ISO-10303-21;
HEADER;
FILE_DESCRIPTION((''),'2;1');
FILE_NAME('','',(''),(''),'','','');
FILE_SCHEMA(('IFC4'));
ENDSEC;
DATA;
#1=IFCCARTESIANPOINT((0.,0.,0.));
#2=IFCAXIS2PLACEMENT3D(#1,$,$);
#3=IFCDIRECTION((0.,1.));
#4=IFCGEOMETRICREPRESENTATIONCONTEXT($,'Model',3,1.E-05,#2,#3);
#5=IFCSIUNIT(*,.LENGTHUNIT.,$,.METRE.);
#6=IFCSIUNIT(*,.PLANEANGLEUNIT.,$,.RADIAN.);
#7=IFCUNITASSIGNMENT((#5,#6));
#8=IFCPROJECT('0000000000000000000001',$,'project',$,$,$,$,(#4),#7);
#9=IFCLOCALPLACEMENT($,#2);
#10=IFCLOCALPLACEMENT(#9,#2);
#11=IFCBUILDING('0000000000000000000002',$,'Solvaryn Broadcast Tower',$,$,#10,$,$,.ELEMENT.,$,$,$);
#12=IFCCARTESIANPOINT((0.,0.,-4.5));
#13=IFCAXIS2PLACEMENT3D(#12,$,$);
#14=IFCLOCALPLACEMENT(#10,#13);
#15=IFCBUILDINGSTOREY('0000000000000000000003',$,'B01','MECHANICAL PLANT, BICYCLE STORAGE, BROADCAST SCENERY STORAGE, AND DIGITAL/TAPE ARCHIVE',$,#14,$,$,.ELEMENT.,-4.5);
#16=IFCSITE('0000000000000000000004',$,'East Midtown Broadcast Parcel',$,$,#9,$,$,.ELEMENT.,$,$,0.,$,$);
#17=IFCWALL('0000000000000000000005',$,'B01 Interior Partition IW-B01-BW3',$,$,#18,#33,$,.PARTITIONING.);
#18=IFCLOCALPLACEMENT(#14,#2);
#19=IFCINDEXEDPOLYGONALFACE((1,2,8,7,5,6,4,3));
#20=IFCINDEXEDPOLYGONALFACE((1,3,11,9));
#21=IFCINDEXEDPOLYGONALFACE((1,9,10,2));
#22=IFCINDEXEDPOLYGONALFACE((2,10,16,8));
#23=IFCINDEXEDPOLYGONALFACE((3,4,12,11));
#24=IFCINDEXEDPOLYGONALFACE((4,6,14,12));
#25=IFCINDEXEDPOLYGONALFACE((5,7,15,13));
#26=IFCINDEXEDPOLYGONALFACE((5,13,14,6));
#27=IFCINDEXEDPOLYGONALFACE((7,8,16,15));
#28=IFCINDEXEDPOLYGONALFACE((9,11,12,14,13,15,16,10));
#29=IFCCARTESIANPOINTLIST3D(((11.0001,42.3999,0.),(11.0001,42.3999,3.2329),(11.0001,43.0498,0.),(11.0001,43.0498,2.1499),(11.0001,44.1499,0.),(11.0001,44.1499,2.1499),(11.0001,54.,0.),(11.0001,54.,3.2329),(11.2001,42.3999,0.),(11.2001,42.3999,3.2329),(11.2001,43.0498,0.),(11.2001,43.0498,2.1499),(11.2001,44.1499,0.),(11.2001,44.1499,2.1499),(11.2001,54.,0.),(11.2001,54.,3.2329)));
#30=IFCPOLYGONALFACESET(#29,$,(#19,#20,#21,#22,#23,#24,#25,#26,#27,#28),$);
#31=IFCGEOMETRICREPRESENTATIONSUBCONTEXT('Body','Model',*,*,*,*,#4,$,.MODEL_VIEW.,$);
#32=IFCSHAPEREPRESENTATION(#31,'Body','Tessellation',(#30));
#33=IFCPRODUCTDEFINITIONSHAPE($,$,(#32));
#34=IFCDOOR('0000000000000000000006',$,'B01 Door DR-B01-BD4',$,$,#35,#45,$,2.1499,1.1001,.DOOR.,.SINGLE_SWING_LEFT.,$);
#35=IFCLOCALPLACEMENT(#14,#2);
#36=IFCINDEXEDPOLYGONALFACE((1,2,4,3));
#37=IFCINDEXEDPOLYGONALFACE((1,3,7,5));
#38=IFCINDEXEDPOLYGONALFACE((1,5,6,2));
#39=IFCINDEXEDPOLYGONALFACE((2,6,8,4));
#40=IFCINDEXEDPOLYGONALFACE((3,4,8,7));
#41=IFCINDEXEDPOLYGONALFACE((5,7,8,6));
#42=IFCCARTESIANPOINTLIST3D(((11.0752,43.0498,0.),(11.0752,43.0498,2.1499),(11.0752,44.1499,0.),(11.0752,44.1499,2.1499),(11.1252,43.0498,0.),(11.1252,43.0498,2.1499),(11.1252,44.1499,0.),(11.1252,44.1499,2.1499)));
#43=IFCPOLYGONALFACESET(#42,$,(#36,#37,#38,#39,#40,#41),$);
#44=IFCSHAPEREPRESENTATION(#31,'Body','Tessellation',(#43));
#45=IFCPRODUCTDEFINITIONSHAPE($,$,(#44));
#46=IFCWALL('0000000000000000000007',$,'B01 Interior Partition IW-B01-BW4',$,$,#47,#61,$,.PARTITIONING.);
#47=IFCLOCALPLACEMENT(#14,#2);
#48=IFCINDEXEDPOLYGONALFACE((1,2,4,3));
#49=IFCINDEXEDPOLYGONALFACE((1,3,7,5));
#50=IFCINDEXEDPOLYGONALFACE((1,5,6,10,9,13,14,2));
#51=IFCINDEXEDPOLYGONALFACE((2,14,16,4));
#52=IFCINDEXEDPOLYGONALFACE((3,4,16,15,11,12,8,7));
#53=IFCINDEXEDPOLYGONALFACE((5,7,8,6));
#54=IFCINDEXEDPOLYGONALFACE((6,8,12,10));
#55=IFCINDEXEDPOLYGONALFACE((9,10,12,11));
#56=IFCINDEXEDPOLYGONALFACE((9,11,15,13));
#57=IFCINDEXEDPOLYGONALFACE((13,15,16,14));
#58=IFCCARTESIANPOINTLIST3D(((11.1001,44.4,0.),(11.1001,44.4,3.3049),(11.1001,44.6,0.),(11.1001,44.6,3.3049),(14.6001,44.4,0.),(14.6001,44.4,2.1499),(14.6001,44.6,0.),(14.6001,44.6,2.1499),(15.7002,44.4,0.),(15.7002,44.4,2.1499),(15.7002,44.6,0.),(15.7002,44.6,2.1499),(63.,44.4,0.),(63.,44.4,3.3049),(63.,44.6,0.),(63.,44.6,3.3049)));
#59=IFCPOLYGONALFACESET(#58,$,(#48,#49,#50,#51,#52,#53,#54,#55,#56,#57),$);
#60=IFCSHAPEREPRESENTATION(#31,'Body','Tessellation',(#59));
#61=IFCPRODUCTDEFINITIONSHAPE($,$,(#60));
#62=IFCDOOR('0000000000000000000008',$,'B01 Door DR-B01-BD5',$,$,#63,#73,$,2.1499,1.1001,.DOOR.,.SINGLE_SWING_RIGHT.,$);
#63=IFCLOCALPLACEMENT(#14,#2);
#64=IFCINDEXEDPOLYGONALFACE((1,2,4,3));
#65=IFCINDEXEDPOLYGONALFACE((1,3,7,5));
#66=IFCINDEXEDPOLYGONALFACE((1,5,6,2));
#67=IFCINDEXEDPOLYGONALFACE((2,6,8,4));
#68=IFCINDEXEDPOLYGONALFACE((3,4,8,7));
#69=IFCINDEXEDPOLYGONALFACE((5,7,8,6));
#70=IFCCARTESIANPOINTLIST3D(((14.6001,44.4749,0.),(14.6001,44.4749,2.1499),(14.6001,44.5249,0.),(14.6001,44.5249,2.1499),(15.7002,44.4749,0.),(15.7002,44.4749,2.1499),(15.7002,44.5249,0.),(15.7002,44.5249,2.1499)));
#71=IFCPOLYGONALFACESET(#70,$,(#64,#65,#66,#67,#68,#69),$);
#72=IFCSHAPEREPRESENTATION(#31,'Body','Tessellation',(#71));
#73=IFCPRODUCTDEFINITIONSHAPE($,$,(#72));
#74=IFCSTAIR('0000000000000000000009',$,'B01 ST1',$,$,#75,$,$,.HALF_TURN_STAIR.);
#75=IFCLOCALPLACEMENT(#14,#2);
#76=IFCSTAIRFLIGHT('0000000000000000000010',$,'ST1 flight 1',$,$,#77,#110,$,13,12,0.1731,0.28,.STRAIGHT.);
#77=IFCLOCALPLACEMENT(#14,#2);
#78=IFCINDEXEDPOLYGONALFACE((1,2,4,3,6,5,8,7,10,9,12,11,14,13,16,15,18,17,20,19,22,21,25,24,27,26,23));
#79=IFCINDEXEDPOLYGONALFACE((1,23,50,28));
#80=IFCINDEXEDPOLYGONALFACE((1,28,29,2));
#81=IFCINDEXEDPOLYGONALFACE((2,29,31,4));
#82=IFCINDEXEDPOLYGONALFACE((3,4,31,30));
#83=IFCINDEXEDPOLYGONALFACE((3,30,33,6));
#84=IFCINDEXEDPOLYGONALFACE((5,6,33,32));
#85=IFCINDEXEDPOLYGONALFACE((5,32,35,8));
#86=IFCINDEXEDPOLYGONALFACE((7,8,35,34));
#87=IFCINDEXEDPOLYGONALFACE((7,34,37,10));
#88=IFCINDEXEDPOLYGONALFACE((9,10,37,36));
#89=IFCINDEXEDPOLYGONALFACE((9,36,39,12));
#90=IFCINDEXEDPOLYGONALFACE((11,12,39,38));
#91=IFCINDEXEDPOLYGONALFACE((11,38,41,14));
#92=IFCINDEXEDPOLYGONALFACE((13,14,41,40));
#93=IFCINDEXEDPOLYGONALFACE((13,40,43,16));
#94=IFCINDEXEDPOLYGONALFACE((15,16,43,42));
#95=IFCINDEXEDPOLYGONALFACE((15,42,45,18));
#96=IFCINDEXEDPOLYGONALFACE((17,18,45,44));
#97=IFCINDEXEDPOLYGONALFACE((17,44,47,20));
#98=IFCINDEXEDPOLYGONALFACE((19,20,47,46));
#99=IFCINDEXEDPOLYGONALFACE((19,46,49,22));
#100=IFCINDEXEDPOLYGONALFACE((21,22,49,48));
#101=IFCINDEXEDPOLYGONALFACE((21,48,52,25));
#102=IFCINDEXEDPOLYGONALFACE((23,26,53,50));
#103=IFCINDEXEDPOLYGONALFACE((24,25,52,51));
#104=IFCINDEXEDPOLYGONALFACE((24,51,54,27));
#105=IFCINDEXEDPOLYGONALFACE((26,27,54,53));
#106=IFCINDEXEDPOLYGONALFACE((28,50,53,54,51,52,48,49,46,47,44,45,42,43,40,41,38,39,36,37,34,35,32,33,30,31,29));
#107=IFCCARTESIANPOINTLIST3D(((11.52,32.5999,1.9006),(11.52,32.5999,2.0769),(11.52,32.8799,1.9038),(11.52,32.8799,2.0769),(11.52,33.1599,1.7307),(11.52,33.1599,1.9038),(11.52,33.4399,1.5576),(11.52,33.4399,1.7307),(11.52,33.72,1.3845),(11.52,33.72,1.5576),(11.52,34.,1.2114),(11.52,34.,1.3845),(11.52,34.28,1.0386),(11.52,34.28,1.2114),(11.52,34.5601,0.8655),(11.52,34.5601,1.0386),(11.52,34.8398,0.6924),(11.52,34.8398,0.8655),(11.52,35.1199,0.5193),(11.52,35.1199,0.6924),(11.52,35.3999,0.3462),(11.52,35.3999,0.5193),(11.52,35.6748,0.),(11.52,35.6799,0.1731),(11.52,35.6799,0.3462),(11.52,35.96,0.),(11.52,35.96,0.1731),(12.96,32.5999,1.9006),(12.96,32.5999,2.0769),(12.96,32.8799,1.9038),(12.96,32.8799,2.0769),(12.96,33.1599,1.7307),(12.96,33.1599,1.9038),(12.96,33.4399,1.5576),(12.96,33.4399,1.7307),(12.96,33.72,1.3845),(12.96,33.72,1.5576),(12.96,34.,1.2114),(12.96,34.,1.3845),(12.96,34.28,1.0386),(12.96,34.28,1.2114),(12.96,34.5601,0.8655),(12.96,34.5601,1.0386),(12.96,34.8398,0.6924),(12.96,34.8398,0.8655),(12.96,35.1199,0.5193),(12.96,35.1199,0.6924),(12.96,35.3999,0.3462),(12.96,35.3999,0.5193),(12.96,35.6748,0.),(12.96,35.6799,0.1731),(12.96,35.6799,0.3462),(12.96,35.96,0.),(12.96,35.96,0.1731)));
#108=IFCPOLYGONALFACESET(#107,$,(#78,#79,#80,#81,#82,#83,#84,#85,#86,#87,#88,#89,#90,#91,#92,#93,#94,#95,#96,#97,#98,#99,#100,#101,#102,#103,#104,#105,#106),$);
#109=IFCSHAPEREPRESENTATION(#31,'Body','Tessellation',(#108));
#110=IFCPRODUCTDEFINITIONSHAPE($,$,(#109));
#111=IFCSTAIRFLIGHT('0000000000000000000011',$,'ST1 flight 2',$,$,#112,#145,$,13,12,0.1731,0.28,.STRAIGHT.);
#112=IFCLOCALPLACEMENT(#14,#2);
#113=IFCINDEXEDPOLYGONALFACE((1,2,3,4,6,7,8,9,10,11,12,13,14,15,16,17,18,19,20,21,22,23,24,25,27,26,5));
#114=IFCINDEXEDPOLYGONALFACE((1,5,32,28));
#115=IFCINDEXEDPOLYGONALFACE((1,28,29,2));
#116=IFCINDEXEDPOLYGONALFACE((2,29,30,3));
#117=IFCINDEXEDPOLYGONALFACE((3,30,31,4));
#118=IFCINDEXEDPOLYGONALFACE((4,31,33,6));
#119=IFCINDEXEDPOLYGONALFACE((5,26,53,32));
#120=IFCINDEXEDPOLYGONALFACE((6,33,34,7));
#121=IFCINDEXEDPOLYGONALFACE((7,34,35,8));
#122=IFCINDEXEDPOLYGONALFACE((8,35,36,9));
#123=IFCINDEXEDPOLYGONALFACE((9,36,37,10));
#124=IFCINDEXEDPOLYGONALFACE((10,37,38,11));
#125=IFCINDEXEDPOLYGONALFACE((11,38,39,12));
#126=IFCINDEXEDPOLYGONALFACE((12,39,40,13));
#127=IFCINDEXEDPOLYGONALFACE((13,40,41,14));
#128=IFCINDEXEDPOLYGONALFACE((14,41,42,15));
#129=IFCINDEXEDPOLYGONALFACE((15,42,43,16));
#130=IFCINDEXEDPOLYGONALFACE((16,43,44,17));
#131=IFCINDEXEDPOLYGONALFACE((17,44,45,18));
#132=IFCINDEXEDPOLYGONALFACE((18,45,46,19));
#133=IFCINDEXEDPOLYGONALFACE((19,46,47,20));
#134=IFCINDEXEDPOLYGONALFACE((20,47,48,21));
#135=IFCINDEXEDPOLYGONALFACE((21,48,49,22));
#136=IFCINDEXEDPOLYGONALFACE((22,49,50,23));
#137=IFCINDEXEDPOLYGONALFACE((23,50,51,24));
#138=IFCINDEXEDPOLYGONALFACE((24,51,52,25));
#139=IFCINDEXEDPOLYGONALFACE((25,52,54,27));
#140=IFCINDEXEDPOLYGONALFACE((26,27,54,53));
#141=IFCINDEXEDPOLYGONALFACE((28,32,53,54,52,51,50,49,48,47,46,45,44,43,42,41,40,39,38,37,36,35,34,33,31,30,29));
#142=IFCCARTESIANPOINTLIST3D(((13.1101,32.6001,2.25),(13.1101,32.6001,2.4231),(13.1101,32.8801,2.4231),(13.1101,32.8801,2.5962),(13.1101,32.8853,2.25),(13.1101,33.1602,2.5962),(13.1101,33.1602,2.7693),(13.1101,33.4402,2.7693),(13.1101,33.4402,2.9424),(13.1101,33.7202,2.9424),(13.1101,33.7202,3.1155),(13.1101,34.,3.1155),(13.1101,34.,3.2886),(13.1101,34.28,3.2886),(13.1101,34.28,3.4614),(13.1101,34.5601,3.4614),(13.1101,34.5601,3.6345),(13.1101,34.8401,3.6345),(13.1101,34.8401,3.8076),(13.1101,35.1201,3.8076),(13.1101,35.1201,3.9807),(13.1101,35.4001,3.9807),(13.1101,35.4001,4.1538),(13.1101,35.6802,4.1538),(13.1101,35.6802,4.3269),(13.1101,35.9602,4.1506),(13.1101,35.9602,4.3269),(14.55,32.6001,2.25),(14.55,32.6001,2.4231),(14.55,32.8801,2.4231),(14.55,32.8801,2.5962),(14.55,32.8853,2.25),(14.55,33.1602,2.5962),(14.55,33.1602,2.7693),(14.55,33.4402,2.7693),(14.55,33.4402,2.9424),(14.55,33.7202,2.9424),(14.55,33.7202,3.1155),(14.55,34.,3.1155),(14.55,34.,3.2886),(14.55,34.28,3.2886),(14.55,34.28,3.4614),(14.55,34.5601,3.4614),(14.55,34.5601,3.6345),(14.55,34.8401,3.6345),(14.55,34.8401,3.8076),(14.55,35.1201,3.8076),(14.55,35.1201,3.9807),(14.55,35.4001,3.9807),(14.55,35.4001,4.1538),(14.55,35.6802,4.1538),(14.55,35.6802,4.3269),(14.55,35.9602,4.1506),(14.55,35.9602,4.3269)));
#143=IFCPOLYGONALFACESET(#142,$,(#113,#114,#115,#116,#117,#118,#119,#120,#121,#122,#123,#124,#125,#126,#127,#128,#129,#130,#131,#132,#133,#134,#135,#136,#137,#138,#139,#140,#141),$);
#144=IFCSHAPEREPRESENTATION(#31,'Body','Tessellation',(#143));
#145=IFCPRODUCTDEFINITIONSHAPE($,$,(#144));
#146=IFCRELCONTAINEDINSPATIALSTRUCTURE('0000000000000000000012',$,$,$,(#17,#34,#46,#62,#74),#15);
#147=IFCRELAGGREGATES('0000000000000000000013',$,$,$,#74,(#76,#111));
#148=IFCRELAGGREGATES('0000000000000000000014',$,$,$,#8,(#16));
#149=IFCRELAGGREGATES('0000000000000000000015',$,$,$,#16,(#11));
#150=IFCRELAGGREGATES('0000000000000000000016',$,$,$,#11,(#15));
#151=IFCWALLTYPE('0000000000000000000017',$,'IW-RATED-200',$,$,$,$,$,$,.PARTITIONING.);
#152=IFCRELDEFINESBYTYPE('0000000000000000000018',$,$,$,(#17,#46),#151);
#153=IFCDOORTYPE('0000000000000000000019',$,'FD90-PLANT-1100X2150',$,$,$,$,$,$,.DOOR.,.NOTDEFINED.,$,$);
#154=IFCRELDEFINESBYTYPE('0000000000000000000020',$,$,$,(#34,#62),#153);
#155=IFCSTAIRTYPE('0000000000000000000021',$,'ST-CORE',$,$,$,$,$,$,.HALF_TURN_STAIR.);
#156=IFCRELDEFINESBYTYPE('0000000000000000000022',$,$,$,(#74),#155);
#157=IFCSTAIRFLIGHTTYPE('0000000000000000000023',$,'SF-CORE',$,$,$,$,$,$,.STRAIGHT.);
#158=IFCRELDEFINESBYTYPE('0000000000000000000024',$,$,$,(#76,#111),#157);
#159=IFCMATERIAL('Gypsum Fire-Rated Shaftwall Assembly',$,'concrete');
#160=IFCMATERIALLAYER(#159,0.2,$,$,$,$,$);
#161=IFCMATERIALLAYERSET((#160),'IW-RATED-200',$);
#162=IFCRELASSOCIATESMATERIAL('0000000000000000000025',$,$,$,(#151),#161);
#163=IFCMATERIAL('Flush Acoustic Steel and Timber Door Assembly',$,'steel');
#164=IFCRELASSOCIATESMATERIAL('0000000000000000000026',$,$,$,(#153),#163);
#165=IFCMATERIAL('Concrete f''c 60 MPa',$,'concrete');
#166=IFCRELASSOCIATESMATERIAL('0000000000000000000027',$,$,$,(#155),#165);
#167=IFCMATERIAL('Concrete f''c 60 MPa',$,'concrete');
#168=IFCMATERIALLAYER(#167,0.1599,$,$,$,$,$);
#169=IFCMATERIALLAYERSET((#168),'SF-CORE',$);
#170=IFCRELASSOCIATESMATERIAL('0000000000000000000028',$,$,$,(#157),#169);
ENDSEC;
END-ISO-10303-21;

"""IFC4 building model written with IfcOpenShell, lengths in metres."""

from ifc_helpers import new_model, si_unit, direction, frame, frame_2d, origin, place, context, subcontext, project, spatial, polyline, rectangle, outline, extrude, material, layer, layer_set, type_object, element, fill, aggregate, save


model = new_model("IFC4")

# Units and contexts
model_context = context("Model", 3, precision=1e-05, world=origin(), true_north=direction((0.0, 1.0)))
body_context = subcontext(model_context, "Body", "Model", "MODEL_VIEW")
ifc_project = project(units=[si_unit("LENGTHUNIT", "METRE"), si_unit("PLANEANGLEUNIT", "RADIAN")], contexts=[model_context])

# Site, building, storey
site_placement = place(None, origin())
site = spatial("IfcSite", under=ifc_project, at=site_placement, Name="East Midtown Broadcast Parcel", CompositionType="ELEMENT", RefElevation=0.0)
building_placement = place(site_placement, origin())
building = spatial("IfcBuilding", under=site, at=building_placement, Name="Solvaryn Broadcast Tower", CompositionType="ELEMENT")
storey_placement = place(building_placement, frame((0.0, 0.0, -4.5)))
storey = spatial("IfcBuildingStorey", under=building, at=storey_placement, Name="B01", Description="MECHANICAL PLANT, BICYCLE STORAGE, BROADCAST SCENERY STORAGE, AND DIGITAL/TAPE ARCHIVE", CompositionType="ELEMENT", Elevation=-4.5)

# Walls, openings, doors
ifc_material_1 = material(Name="Gypsum Fire-Rated Shaftwall Assembly", Category="concrete")
ifc_layer_1 = layer(ifc_material_1, 0.2)
ifc_layer_set_1 = layer_set([ifc_layer_1], Name="IW-RATED-200")
wall_type_1 = type_object("IfcWallType", Name="IW-RATED-200", PredefinedType="PARTITIONING", material=ifc_layer_set_1)
wall_1_placement = place(storey_placement, frame((11.1001, 42.3999, 0.0), z_axis=(0.0, 0.0, 1.0), x_axis=(0.0, 1.0, 0.0)))
wall_1 = element("IfcWall", 1, at=wall_1_placement, inside=storey, type_object=wall_type_1, Name="B01 Interior Partition IW-B01-BW3", PredefinedType="PARTITIONING", context=body_context, shape_type="SweptSolid", body=[
    extrude(rectangle(XDim=11.6001, YDim=0.2, at=frame_2d((5.8, 0.0))), origin(), (0.0, 0.0, 1.0), 3.2329),
])
opening_1_placement = place(wall_1_placement, frame((0.6499, 0.0, 0.0)))
opening_1 = element("IfcOpeningElement", 2, at=opening_1_placement, cuts=wall_1, PredefinedType="OPENING", context=body_context, shape_type="SweptSolid", body=[
    extrude(rectangle(XDim=1.1001, YDim=2.1499, at=frame_2d((0.55, 1.075))), frame((0.0, 0.1101, 0.0), z_axis=(0.0, -1.0, 0.0), x_axis=(1.0, 0.0, 0.0)), (0.0, 0.0, 1.0), 0.22),
])
ifc_material_2 = material(Name="Flush Acoustic Steel and Timber Door Assembly", Category="steel")
door_type = type_object("IfcDoorType", Name="FD90-PLANT-1100X2150", OperationType="NOTDEFINED", PredefinedType="DOOR", material=ifc_material_2)
door_1_placement = place(opening_1_placement, origin())
door_1 = element("IfcDoor", 3, at=door_1_placement, inside=storey, type_object=door_type, Name="B01 Door DR-B01-BD4", OperationType="SINGLE_SWING_LEFT", OverallHeight=2.1499, OverallWidth=1.1001, PredefinedType="DOOR", context=body_context, shape_type="SweptSolid", body=[
    extrude(rectangle(XDim=1.1001, YDim=2.1499, at=frame_2d((0.55, 1.075))), frame((0.0, 0.0249, 0.0), z_axis=(0.0, -1.0, 0.0), x_axis=(1.0, 0.0, 0.0)), (0.0, 0.0, 1.0), 0.05),
])
fill(opening_1, door_1)
wall_2_placement = place(storey_placement, frame((11.1001, 44.5, 0.0), z_axis=(0.0, 0.0, 1.0), x_axis=(1.0, 0.0, 0.0)))
wall_2 = element("IfcWall", 4, at=wall_2_placement, inside=storey, type_object=wall_type_1, Name="B01 Interior Partition IW-B01-BW4", PredefinedType="PARTITIONING", context=body_context, shape_type="SweptSolid", body=[
    extrude(rectangle(XDim=51.8999, YDim=0.2, at=frame_2d((25.95, 0.0))), origin(), (0.0, 0.0, 1.0), 3.3049),
])
opening_2_placement = place(wall_2_placement, frame((3.5, 0.0, 0.0)))
opening_2 = element("IfcOpeningElement", 5, at=opening_2_placement, cuts=wall_2, PredefinedType="OPENING", context=body_context, shape_type="SweptSolid", body=[
    extrude(rectangle(XDim=1.1001, YDim=2.1499, at=frame_2d((0.55, 1.075))), frame((0.0, 0.1101, 0.0), z_axis=(0.0, -1.0, 0.0), x_axis=(1.0, 0.0, 0.0)), (0.0, 0.0, 1.0), 0.22),
])
door_2_placement = place(opening_2_placement, origin())
door_2 = element("IfcDoor", 6, at=door_2_placement, inside=storey, type_object=door_type, Name="B01 Door DR-B01-BD5", OperationType="SINGLE_SWING_RIGHT", OverallHeight=2.1499, OverallWidth=1.1001, PredefinedType="DOOR", context=body_context, shape_type="SweptSolid", body=[
    extrude(rectangle(XDim=1.1001, YDim=2.1499, at=frame_2d((0.55, 1.075))), frame((0.0, 0.0249, 0.0), z_axis=(0.0, -1.0, 0.0), x_axis=(1.0, 0.0, 0.0)), (0.0, 0.0, 1.0), 0.05),
])
fill(opening_2, door_2)

# Stair, stair flights
ifc_material_3 = material(Name="Concrete f'c 60 MPa", Category="concrete")
stair_type = type_object("IfcStairType", Name="ST-CORE", PredefinedType="HALF_TURN_STAIR", material=ifc_material_3)
stair_placement = place(storey_placement, origin())
stair = element("IfcStair", 7, at=stair_placement, inside=storey, type_object=stair_type, Name="B01 ST1", PredefinedType="HALF_TURN_STAIR")
ifc_material_4 = material(Name="Concrete f'c 60 MPa", Category="concrete")
ifc_layer_2 = layer(ifc_material_4, 0.1599)
ifc_layer_set_2 = layer_set([ifc_layer_2], Name="SF-CORE")
stair_flight_type = type_object("IfcStairFlightType", Name="SF-CORE", PredefinedType="STRAIGHT", material=ifc_layer_set_2)
stair_flight_1_placement = place(storey_placement, frame((12.24, 35.96, 0.0), z_axis=(0.0, 0.0, 1.0), x_axis=(0.0, -1.0, 0.0)))
stair_flight_1 = element("IfcStairFlight", 8, at=stair_flight_1_placement, type_object=stair_flight_type, Name="ST1 flight 1", NumberOfRisers=13, NumberOfTreads=12, PredefinedType="STRAIGHT", RiserHeight=0.1731, TreadLength=0.28, context=body_context, shape_type="SweptSolid", body=[
    extrude(outline(polyline([(0.0, 0.0), (0.0, 0.1731), (0.28, 0.1731), (0.28, 0.3462), (0.5601, 0.3462), (0.5601, 0.5193), (0.8401, 0.5193), (0.8401, 0.6924), (1.1201, 0.6924), (1.1201, 0.8655), (1.3999, 0.8655), (1.3999, 1.0386), (1.6799, 1.0386), (1.6799, 1.2114), (1.96, 1.2114), (1.96, 1.3845), (2.24, 1.3845), (2.24, 1.5576), (2.52, 1.5576), (2.52, 1.7307), (2.8, 1.7307), (2.8, 1.9038), (3.0801, 1.9038), (3.0801, 2.0769), (3.3601, 2.0769), (3.3601, 2.25), (3.3601, 1.9006), (0.2852, 0.0), (0.0, 0.0)])), frame((0.0, 0.72, 0.0), z_axis=(0.0, -1.0, 0.0), x_axis=(1.0, 0.0, 0.0)), (0.0, 0.0, 1.0), 1.4399),
])
stair_flight_2_placement = place(storey_placement, frame((13.8301, 32.6001, 2.25), z_axis=(0.0, 0.0, 1.0), x_axis=(0.0, 1.0, 0.0)))
stair_flight_2 = element("IfcStairFlight", 9, at=stair_flight_2_placement, type_object=stair_flight_type, Name="ST1 flight 2", NumberOfRisers=13, NumberOfTreads=12, PredefinedType="STRAIGHT", RiserHeight=0.1731, TreadLength=0.28, context=body_context, shape_type="SweptSolid", body=[
    extrude(outline(polyline([(0.0, 0.0), (0.0, 0.1731), (0.28, 0.1731), (0.28, 0.3462), (0.5601, 0.3462), (0.5601, 0.5193), (0.8401, 0.5193), (0.8401, 0.6924), (1.1201, 0.6924), (1.1201, 0.8655), (1.3999, 0.8655), (1.3999, 1.0386), (1.6799, 1.0386), (1.6799, 1.2114), (1.96, 1.2114), (1.96, 1.3845), (2.24, 1.3845), (2.24, 1.5576), (2.52, 1.5576), (2.52, 1.7307), (2.8, 1.7307), (2.8, 1.9038), (3.0801, 1.9038), (3.0801, 2.0769), (3.3601, 2.0769), (3.3601, 2.25), (3.3601, 1.9006), (0.2852, 0.0), (0.0, 0.0)])), frame((0.0, 0.72, 0.0), z_axis=(0.0, -1.0, 0.0), x_axis=(1.0, 0.0, 0.0)), (0.0, 0.0, 1.0), 1.4399),
])
aggregate(stair, [stair_flight_1, stair_flight_2])

save(model, "model.ifc")
